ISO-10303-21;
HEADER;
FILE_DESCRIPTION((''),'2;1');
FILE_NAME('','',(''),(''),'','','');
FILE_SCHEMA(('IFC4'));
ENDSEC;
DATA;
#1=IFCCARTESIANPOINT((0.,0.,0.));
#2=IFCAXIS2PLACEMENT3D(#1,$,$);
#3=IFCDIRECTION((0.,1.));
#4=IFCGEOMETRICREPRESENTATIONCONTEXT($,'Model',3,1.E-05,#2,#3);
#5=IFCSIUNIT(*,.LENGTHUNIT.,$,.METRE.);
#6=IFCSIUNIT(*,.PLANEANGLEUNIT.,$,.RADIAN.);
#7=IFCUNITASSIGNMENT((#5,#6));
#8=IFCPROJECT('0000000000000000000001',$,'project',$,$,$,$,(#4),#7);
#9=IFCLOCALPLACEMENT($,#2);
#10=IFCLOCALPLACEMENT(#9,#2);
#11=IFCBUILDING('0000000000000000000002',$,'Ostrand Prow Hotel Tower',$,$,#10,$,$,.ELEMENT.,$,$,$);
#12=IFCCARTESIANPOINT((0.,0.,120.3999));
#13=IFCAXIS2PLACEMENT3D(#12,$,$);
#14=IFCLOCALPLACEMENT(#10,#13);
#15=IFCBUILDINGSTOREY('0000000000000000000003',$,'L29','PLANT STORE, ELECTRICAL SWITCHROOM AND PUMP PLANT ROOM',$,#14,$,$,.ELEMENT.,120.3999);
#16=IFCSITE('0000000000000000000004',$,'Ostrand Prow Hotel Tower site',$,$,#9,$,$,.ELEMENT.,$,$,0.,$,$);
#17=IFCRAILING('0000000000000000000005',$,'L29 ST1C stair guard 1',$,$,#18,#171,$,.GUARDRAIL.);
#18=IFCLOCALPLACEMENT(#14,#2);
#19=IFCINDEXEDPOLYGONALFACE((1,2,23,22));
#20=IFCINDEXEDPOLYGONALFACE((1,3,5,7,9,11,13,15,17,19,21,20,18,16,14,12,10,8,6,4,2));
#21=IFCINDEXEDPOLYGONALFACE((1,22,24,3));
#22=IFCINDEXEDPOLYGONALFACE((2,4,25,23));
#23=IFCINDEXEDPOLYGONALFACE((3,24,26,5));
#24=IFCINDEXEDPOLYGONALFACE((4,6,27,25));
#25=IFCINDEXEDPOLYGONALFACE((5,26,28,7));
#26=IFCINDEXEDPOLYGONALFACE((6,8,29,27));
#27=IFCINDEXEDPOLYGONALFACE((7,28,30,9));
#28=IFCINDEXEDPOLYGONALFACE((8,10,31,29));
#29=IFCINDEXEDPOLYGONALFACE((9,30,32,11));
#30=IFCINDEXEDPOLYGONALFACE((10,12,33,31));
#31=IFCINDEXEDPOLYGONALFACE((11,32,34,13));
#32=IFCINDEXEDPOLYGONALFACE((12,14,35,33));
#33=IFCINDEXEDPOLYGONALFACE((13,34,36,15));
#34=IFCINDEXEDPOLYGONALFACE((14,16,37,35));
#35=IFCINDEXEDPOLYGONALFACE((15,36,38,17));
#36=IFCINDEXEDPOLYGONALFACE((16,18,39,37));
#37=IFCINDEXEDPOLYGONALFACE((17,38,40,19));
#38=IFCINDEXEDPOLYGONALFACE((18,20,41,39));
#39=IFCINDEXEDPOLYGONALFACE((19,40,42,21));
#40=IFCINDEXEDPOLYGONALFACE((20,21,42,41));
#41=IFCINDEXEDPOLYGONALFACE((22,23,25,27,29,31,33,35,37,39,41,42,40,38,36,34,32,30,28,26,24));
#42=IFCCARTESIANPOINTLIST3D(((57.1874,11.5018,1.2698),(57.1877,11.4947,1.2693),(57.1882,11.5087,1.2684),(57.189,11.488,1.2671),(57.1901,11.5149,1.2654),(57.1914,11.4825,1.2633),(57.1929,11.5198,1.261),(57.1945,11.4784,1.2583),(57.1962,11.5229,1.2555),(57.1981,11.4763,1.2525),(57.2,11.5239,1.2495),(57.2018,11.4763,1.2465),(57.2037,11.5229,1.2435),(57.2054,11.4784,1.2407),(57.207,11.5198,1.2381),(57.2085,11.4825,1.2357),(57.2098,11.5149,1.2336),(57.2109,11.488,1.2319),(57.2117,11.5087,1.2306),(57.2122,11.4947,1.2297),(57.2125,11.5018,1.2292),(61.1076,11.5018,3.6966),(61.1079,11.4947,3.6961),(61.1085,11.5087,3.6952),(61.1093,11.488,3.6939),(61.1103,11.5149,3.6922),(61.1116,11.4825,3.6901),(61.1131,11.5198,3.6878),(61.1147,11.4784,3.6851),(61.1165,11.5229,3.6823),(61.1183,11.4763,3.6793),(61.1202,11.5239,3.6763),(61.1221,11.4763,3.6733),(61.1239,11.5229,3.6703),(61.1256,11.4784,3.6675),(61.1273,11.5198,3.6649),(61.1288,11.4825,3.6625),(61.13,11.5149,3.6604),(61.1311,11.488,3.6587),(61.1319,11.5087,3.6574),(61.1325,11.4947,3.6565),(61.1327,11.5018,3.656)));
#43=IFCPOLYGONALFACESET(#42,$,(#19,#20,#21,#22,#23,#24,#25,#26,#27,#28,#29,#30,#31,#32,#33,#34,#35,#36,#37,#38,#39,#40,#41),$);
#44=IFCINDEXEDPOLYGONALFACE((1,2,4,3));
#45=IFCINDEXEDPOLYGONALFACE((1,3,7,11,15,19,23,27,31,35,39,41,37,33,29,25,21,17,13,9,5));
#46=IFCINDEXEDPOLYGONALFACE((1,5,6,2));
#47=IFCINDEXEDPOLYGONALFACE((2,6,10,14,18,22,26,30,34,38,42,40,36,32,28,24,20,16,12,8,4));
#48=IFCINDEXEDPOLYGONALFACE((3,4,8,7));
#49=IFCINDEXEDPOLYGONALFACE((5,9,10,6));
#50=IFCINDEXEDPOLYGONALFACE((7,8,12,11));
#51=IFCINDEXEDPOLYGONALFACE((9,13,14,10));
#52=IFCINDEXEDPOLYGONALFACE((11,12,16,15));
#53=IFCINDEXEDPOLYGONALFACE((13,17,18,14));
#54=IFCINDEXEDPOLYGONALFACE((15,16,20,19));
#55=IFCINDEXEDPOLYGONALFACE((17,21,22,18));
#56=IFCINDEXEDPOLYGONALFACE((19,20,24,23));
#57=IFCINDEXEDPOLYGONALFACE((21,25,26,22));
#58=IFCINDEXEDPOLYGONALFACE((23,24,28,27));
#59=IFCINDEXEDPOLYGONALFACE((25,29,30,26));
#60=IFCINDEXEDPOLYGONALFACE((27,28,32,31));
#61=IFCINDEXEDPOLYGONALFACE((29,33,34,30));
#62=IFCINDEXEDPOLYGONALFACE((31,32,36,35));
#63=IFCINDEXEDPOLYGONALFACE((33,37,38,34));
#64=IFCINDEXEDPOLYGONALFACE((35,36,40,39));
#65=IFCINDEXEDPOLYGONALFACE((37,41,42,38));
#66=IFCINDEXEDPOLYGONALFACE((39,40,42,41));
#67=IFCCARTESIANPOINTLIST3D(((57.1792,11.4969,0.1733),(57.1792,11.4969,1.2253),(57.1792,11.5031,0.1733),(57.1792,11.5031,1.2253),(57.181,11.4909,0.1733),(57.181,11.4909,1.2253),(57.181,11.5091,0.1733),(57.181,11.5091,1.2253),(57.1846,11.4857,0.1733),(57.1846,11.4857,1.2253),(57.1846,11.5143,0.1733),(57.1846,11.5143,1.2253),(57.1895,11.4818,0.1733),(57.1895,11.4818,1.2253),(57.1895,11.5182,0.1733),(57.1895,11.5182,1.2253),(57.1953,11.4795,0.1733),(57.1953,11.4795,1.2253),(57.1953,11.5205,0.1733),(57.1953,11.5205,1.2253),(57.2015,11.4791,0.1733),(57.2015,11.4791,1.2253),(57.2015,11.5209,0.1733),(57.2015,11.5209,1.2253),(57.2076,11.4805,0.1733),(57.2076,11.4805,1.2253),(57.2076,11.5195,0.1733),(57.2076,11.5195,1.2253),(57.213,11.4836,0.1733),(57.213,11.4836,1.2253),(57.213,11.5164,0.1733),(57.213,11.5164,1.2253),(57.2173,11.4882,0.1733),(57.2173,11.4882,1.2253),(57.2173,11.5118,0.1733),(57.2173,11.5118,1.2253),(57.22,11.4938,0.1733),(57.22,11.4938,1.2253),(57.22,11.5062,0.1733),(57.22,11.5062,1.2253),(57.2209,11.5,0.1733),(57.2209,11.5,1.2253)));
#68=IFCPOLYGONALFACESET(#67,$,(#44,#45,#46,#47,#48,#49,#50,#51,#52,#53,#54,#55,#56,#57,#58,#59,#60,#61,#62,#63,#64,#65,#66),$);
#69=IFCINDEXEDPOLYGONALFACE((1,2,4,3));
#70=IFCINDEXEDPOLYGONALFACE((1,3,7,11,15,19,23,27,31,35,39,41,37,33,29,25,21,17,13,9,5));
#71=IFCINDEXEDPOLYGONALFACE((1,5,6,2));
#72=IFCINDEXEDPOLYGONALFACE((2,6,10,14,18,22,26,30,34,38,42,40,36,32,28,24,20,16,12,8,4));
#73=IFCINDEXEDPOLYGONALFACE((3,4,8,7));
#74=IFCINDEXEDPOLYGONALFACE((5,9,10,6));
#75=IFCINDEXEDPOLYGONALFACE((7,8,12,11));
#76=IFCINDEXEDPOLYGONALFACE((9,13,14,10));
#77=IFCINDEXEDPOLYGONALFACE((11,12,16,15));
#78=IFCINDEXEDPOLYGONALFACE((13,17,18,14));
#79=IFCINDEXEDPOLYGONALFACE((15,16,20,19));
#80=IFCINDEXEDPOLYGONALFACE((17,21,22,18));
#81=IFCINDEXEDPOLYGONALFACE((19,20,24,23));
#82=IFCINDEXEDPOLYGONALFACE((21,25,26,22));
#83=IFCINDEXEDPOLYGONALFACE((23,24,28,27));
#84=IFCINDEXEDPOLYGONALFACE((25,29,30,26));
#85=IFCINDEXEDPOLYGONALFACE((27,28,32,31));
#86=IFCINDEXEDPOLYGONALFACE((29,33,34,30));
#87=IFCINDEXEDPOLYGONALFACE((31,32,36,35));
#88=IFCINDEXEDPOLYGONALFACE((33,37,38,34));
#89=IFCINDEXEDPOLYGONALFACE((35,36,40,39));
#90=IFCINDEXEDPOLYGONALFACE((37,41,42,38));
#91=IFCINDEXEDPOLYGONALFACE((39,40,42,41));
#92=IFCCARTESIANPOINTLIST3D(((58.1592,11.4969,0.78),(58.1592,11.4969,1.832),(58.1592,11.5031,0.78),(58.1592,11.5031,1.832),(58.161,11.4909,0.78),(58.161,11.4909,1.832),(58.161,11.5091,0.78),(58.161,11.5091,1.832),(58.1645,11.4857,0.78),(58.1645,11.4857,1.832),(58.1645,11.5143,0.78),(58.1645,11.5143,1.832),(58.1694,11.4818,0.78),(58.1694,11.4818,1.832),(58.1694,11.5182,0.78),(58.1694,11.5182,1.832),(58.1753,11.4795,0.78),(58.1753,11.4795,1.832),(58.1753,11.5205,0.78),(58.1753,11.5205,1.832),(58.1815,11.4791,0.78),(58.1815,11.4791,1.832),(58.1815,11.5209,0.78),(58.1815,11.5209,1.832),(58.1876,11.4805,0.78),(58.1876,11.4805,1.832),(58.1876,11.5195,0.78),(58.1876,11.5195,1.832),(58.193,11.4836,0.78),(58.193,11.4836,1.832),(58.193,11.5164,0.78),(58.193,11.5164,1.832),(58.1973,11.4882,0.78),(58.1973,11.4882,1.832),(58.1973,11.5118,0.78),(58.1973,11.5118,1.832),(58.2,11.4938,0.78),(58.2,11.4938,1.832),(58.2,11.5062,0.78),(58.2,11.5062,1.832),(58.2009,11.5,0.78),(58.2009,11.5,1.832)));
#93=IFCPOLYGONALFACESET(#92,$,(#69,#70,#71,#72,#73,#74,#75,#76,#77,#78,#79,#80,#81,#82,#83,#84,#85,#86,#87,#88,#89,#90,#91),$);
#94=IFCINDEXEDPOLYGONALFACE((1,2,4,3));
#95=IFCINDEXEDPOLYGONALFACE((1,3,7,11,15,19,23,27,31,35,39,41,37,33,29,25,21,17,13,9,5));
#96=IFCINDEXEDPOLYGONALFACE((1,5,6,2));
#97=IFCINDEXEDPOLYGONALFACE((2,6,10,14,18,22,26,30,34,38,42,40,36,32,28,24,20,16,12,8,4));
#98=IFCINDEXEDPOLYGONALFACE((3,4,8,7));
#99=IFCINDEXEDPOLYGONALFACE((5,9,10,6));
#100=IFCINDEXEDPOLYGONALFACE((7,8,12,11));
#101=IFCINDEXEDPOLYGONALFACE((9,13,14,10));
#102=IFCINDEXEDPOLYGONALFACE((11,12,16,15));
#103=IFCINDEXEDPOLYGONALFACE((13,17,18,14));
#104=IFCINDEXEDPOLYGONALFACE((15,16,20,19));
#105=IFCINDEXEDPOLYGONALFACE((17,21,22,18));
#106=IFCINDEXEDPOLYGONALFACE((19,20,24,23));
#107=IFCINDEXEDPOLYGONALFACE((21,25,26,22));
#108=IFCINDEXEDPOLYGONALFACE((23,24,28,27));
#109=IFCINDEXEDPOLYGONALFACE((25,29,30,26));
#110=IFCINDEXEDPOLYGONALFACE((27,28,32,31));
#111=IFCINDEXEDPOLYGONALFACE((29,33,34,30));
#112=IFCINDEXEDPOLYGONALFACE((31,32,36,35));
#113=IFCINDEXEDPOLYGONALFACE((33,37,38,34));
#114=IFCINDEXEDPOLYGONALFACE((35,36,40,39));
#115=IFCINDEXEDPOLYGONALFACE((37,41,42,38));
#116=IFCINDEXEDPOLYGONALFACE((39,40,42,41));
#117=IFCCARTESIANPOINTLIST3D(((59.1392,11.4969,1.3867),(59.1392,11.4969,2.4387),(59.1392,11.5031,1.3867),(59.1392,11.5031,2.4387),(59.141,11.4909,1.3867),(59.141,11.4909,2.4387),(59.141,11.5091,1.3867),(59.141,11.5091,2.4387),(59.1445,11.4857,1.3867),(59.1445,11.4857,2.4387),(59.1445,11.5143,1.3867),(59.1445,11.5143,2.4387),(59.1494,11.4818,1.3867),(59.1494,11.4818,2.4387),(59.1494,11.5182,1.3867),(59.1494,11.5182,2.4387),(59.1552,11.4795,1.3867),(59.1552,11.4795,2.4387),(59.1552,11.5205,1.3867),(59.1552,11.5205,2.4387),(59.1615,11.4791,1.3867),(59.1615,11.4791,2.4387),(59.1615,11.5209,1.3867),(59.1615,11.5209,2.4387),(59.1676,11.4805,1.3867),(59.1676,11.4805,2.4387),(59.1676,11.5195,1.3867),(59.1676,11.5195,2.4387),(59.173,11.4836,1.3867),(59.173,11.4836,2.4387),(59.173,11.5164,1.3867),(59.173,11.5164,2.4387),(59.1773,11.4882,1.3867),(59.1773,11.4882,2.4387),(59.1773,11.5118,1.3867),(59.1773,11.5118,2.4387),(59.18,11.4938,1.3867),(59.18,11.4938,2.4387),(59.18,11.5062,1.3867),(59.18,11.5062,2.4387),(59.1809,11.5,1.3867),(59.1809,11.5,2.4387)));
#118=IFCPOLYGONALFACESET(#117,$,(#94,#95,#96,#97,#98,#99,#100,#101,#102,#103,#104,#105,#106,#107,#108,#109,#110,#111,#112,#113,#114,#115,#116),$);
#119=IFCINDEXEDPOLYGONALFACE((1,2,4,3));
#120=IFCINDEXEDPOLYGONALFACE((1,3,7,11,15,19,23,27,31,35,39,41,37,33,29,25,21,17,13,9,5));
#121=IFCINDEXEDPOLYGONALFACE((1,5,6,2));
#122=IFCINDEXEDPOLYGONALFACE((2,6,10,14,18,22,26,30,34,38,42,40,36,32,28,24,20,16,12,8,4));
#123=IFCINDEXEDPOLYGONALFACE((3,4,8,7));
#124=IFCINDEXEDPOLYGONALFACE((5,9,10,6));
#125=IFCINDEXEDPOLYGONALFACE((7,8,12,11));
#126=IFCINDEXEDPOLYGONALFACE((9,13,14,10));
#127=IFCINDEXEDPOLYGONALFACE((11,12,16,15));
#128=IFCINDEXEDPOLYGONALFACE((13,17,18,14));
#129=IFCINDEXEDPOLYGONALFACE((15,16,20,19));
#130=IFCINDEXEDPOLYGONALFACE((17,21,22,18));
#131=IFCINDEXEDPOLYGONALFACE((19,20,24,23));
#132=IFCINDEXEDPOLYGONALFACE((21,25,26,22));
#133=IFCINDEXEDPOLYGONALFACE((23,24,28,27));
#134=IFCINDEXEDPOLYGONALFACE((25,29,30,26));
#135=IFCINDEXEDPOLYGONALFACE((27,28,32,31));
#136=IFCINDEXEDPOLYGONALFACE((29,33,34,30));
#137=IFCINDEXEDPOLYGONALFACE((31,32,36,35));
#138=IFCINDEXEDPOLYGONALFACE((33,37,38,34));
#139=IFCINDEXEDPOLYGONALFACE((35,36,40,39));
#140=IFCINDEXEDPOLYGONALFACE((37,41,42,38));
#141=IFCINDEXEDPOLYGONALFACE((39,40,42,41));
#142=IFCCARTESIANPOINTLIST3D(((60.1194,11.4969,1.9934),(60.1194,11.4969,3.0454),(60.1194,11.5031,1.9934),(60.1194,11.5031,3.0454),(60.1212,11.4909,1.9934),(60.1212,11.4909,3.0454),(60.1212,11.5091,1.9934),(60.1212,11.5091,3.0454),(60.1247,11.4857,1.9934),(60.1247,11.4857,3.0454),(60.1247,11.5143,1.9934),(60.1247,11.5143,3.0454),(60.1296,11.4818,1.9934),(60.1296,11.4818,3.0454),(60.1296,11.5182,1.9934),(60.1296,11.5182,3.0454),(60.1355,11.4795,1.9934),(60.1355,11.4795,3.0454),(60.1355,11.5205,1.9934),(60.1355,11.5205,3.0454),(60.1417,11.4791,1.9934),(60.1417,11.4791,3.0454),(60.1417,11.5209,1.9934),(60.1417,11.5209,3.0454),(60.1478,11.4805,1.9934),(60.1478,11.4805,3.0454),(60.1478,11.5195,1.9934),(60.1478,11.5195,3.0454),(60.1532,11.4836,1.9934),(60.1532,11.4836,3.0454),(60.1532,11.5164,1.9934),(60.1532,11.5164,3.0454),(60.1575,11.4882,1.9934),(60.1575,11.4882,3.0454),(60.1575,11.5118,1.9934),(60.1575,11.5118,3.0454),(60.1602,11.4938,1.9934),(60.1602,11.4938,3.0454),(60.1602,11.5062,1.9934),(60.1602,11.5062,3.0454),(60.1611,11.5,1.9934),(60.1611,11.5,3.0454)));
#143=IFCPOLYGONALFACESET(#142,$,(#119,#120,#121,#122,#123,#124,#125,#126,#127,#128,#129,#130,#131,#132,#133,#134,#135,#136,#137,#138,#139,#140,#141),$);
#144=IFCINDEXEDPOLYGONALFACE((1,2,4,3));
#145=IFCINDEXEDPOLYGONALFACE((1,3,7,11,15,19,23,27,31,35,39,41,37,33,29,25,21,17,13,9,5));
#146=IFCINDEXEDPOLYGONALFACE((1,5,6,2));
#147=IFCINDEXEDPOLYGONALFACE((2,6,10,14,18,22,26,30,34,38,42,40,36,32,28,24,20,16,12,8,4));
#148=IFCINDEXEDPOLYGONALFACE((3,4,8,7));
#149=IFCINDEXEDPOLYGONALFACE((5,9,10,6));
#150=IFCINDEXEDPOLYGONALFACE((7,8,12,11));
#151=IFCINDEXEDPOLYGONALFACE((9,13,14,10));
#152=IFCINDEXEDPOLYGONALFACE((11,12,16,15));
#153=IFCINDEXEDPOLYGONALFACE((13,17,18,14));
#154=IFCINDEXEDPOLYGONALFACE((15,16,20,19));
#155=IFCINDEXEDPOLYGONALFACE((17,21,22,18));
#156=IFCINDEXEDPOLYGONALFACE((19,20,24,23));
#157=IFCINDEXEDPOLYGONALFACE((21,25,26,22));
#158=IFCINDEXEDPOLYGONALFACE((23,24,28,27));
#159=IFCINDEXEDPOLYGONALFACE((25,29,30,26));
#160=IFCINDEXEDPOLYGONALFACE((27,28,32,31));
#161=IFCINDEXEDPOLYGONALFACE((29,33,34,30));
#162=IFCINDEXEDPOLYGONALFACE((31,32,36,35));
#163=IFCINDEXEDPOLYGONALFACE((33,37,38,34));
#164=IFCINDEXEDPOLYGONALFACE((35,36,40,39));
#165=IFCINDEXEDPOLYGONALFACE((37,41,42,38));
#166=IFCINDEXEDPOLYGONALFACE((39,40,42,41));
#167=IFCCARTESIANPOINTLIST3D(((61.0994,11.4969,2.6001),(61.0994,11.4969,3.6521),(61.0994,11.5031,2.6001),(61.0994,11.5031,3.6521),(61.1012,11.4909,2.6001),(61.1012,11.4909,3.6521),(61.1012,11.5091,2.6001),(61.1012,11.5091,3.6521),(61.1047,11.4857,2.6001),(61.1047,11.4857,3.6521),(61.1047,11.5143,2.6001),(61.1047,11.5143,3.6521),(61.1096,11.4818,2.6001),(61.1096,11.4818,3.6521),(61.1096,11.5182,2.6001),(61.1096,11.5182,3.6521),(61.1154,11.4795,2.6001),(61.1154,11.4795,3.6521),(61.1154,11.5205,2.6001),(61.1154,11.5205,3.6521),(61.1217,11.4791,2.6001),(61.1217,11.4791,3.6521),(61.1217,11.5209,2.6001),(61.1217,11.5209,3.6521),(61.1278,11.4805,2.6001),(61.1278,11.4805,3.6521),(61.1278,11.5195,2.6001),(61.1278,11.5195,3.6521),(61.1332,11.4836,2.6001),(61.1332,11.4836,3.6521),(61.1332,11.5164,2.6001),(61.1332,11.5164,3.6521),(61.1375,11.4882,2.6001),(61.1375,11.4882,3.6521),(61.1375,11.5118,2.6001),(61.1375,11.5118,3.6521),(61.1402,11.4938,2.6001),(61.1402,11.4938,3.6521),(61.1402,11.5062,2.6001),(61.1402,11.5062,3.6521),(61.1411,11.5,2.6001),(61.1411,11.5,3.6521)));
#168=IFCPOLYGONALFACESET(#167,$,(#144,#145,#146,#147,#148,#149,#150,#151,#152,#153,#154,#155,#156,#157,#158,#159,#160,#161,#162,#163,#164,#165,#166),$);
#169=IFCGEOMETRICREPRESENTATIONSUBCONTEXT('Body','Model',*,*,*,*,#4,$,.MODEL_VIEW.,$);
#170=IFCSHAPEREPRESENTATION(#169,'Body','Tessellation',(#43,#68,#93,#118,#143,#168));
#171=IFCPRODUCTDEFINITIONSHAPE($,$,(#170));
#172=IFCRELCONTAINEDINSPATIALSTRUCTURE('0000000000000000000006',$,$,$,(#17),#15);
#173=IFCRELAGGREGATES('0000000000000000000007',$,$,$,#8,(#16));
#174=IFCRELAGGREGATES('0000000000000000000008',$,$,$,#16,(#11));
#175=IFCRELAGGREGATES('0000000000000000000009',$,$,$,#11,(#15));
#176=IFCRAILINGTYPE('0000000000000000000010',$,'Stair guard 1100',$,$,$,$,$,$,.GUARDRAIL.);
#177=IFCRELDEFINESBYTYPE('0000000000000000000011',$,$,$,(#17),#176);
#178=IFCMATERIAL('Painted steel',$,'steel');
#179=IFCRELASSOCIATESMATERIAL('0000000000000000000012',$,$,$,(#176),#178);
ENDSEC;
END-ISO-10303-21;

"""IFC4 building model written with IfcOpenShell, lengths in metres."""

from ifc_helpers import new_model, si_unit, direction, frame, origin, origin_2d, place, context, subcontext, project, spatial, circle, extrude, material, type_object, element, save


model = new_model("IFC4")

# Units and contexts
model_context = context("Model", 3, precision=1e-05, world=origin(), true_north=direction((0.0, 1.0)))
body_context = subcontext(model_context, "Body", "Model", "MODEL_VIEW")
ifc_project = project(units=[si_unit("LENGTHUNIT", "METRE"), si_unit("PLANEANGLEUNIT", "RADIAN")], contexts=[model_context])

# Site, building, storey
site_placement = place(None, origin())
site = spatial("IfcSite", under=ifc_project, at=site_placement, Name="Ostrand Prow Hotel Tower site", CompositionType="ELEMENT", RefElevation=0.0)
building_placement = place(site_placement, origin())
building = spatial("IfcBuilding", under=site, at=building_placement, Name="Ostrand Prow Hotel Tower", CompositionType="ELEMENT")
storey_placement = place(building_placement, frame((0.0, 0.0, 120.3999)))
storey = spatial("IfcBuildingStorey", under=building, at=storey_placement, Name="L29", Description="PLANT STORE, ELECTRICAL SWITCHROOM AND PUMP PLANT ROOM", CompositionType="ELEMENT", Elevation=120.3999)

# Railing
ifc_material_1 = material(Name="Painted steel", Category="steel")
railing_type_1 = type_object("IfcRailingType", Name="Stair guard 1100", PredefinedType="GUARDRAIL", material=ifc_material_1)
railing_1_placement = place(storey_placement, frame((57.2, 11.5, 0.1733)))
element("IfcRailing", 1, at=railing_1_placement, inside=storey, type_object=railing_type_1, Name="L29 ST1C stair guard 1", PredefinedType="GUARDRAIL", context=body_context, shape_type="SweptSolid", body=[
    extrude(circle(Radius=0.0239, at=origin_2d()), frame((0.0, 0.0, 1.0762), z_axis=(0.850266, 0.0, 0.526353), x_axis=(0.0, 1.0, 0.0)), (0.0, 0.0, 1.0), 4.6106),
    extrude(circle(Radius=0.021, at=origin_2d()), origin(), (0.0, 0.0, 1.0), 1.052),
    extrude(circle(Radius=0.021, at=origin_2d()), frame((0.98, 0.0, 0.6067)), (0.0, 0.0, 1.0), 1.052),
    extrude(circle(Radius=0.021, at=origin_2d()), frame((1.96, 0.0, 1.2134)), (0.0, 0.0, 1.0), 1.052),
    extrude(circle(Radius=0.021, at=origin_2d()), frame((2.9402, 0.0, 1.8201)), (0.0, 0.0, 1.0), 1.052),
    extrude(circle(Radius=0.021, at=origin_2d()), frame((3.9202, 0.0, 2.4268)), (0.0, 0.0, 1.0), 1.052),
])

save(model, "model.ifc")
